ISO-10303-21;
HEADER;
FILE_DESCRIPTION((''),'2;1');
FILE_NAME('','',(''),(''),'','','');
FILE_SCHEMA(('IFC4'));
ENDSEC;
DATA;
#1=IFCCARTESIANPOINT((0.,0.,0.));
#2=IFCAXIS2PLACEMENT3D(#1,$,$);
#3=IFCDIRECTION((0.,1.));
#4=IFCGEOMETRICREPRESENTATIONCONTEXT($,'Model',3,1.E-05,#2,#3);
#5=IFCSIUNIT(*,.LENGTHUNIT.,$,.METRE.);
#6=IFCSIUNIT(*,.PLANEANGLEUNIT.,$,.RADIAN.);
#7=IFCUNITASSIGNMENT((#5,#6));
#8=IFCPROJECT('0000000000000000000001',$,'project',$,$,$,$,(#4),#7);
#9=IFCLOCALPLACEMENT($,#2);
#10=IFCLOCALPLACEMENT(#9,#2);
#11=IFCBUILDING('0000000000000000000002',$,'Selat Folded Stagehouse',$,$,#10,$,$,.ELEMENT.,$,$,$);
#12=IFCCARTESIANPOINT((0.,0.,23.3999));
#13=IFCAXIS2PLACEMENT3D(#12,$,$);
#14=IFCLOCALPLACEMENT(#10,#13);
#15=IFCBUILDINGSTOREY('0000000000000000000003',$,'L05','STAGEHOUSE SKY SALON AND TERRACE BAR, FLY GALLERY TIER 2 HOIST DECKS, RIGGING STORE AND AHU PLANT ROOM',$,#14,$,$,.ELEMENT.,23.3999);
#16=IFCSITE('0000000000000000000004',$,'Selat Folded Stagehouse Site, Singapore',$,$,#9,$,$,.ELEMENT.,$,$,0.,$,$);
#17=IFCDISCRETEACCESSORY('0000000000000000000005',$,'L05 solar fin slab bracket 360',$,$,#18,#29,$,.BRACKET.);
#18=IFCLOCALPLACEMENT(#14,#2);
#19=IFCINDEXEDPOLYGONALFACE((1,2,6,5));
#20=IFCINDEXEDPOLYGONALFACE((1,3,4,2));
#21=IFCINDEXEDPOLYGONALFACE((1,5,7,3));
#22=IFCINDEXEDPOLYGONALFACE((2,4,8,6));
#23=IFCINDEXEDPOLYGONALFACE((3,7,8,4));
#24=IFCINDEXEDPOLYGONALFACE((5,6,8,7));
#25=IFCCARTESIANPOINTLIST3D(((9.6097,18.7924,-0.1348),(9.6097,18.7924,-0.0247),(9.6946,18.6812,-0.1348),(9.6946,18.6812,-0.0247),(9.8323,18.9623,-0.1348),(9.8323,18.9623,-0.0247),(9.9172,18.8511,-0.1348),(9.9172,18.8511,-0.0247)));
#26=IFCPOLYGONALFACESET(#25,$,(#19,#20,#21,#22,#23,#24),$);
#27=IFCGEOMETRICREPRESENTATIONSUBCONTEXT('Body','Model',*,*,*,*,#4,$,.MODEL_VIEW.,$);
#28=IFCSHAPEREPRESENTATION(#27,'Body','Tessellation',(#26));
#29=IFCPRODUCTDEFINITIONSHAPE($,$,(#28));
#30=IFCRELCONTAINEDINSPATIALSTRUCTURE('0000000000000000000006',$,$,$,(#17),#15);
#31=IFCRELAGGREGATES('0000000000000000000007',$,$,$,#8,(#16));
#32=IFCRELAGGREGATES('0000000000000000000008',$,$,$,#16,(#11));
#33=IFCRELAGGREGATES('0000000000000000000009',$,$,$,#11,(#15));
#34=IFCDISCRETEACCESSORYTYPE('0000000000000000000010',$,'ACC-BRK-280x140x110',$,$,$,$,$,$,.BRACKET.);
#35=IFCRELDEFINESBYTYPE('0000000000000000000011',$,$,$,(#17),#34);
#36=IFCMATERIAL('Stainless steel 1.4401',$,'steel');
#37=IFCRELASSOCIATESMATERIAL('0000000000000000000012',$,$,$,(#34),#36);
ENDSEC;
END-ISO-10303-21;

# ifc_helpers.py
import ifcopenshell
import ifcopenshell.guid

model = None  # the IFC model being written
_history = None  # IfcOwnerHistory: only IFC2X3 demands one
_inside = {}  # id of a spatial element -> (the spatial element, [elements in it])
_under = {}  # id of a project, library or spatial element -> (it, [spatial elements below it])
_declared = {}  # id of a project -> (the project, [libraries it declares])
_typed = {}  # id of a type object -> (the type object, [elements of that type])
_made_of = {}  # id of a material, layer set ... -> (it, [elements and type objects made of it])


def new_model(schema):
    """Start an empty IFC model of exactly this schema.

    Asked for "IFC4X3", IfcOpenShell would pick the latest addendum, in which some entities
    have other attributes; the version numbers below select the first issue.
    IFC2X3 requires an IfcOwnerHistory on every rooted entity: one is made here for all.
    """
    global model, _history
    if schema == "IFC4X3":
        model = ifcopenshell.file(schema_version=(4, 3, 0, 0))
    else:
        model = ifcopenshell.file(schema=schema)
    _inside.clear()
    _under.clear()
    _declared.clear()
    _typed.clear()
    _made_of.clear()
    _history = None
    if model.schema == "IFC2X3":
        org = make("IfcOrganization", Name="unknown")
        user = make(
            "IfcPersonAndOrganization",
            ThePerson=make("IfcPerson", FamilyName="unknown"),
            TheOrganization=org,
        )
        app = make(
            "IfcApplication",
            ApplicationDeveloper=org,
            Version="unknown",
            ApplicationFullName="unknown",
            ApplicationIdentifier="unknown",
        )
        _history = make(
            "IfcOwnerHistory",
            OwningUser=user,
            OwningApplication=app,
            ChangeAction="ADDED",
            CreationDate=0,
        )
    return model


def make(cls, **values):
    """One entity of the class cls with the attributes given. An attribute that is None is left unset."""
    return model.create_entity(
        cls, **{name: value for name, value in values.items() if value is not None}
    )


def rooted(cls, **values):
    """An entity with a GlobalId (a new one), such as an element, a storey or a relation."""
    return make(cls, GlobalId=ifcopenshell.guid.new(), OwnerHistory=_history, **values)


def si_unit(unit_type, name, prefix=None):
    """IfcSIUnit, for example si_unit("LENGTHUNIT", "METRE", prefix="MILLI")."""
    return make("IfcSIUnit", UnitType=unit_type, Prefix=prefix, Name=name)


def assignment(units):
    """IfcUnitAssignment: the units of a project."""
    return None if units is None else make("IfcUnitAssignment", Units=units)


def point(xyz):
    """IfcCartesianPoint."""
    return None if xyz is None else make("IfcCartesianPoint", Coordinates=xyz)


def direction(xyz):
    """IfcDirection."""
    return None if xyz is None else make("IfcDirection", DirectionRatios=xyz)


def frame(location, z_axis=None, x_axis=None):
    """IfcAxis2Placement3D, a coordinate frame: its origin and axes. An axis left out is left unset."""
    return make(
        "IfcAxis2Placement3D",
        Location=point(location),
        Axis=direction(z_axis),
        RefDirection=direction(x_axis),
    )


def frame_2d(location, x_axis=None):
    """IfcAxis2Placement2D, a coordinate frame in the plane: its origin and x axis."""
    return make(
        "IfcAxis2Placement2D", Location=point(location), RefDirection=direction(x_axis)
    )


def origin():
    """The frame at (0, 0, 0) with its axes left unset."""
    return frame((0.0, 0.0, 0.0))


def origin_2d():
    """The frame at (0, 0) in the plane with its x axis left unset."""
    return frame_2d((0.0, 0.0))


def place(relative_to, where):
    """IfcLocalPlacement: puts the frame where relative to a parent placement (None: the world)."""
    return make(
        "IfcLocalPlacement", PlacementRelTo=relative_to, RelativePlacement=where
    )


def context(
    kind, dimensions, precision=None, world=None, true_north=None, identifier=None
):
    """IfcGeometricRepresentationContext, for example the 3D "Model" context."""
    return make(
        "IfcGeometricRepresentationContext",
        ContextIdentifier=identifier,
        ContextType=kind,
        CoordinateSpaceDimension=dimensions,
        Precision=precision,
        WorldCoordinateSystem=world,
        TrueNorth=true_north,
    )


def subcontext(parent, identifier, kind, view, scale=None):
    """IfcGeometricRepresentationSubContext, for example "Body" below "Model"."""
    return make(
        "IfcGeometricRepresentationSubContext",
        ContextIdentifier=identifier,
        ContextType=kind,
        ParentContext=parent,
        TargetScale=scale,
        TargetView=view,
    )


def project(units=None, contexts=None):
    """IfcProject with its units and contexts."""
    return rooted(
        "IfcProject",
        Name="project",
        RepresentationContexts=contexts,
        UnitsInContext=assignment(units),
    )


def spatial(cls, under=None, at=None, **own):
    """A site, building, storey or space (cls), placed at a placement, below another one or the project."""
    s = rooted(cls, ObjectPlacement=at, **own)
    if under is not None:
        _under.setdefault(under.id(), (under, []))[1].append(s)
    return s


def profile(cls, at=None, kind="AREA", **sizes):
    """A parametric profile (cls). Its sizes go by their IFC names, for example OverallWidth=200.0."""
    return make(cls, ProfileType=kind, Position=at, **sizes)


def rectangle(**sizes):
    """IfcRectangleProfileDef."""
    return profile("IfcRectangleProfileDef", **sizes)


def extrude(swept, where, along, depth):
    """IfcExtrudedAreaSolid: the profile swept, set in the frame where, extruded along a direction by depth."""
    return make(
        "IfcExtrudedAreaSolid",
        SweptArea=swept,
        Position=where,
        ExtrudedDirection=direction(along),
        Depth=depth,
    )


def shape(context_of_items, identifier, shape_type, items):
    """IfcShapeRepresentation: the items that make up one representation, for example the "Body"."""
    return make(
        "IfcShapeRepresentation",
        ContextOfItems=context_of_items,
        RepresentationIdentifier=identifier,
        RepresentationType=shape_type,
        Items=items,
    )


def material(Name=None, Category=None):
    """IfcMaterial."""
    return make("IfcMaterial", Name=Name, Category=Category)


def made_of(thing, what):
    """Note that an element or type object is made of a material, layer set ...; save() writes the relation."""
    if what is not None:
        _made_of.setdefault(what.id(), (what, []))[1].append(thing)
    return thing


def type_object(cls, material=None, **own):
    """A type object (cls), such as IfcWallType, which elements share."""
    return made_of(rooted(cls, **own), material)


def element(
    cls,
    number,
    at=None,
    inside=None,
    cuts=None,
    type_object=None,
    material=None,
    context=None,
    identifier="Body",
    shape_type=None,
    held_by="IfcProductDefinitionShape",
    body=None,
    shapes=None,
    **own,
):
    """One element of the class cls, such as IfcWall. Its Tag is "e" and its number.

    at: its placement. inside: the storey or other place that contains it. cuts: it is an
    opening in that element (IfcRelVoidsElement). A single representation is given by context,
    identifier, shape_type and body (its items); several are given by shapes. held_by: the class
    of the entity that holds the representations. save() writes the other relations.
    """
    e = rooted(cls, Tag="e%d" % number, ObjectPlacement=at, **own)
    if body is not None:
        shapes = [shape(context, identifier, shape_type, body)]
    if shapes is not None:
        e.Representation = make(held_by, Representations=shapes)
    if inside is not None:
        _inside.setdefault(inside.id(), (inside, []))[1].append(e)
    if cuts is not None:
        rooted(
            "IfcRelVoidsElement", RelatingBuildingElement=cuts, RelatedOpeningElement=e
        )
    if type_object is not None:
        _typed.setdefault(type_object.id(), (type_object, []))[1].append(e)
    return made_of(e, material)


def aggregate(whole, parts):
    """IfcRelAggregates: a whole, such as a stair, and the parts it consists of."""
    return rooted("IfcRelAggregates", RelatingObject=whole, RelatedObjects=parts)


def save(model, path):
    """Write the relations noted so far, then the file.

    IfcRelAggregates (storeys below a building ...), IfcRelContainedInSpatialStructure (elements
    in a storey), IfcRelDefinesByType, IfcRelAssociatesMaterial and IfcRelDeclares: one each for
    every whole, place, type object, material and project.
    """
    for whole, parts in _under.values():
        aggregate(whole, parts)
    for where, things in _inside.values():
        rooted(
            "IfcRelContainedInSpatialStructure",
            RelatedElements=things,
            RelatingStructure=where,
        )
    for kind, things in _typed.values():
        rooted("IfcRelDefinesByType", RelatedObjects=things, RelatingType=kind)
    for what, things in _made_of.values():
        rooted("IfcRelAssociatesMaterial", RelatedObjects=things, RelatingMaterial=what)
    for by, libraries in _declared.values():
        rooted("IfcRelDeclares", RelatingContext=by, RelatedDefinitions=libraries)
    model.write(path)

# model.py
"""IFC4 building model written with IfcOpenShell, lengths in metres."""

from ifc_helpers import new_model, si_unit, direction, frame, origin, origin_2d, place, context, subcontext, project, spatial, rectangle, extrude, material, type_object, element, save


model = new_model("IFC4")

# Units and contexts
model_context = context("Model", 3, precision=1e-05, world=origin(), true_north=direction((0.0, 1.0)))
body_context = subcontext(model_context, "Body", "Model", "MODEL_VIEW")
ifc_project = project(units=[si_unit("LENGTHUNIT", "METRE"), si_unit("PLANEANGLEUNIT", "RADIAN")], contexts=[model_context])

# Site, building, storey
site_placement = place(None, origin())
site = spatial("IfcSite", under=ifc_project, at=site_placement, Name="Selat Folded Stagehouse Site, Singapore", CompositionType="ELEMENT", RefElevation=0.0)
building_placement = place(site_placement, origin())
building = spatial("IfcBuilding", under=site, at=building_placement, Name="Selat Folded Stagehouse", CompositionType="ELEMENT")
storey_placement = place(building_placement, frame((0.0, 0.0, 23.3999)))
storey = spatial("IfcBuildingStorey", under=building, at=storey_placement, Name="L05", Description="STAGEHOUSE SKY SALON AND TERRACE BAR, FLY GALLERY TIER 2 HOIST DECKS, RIGGING STORE AND AHU PLANT ROOM", CompositionType="ELEMENT", Elevation=23.3999)

# Discrete accessory
ifc_material_1 = material(Name="Stainless steel 1.4401", Category="steel")
discrete_accessory_type = type_object("IfcDiscreteAccessoryType", Name="ACC-BRK-280x140x110", PredefinedType="BRACKET", material=ifc_material_1)
for number, where, z_axis, x_axis, name in (
    (1, (9.7634, 18.8218, -0.1348), (0.0, 0.0, 1.0), (-0.794944, -0.606682, 0.0), "L05 solar fin slab bracket 360"),
):
    element("IfcDiscreteAccessory", number, at=place(storey_placement, frame(where, z_axis=z_axis, x_axis=x_axis)), inside=storey, type_object=discrete_accessory_type, Name=name, PredefinedType="BRACKET", context=body_context, shape_type="SweptSolid", body=[
        extrude(rectangle(XDim=0.28, YDim=0.1399, at=origin_2d()), origin(), (0.0, 0.0, 1.0), 0.1101),
    ])

save(model, "model.ifc")
